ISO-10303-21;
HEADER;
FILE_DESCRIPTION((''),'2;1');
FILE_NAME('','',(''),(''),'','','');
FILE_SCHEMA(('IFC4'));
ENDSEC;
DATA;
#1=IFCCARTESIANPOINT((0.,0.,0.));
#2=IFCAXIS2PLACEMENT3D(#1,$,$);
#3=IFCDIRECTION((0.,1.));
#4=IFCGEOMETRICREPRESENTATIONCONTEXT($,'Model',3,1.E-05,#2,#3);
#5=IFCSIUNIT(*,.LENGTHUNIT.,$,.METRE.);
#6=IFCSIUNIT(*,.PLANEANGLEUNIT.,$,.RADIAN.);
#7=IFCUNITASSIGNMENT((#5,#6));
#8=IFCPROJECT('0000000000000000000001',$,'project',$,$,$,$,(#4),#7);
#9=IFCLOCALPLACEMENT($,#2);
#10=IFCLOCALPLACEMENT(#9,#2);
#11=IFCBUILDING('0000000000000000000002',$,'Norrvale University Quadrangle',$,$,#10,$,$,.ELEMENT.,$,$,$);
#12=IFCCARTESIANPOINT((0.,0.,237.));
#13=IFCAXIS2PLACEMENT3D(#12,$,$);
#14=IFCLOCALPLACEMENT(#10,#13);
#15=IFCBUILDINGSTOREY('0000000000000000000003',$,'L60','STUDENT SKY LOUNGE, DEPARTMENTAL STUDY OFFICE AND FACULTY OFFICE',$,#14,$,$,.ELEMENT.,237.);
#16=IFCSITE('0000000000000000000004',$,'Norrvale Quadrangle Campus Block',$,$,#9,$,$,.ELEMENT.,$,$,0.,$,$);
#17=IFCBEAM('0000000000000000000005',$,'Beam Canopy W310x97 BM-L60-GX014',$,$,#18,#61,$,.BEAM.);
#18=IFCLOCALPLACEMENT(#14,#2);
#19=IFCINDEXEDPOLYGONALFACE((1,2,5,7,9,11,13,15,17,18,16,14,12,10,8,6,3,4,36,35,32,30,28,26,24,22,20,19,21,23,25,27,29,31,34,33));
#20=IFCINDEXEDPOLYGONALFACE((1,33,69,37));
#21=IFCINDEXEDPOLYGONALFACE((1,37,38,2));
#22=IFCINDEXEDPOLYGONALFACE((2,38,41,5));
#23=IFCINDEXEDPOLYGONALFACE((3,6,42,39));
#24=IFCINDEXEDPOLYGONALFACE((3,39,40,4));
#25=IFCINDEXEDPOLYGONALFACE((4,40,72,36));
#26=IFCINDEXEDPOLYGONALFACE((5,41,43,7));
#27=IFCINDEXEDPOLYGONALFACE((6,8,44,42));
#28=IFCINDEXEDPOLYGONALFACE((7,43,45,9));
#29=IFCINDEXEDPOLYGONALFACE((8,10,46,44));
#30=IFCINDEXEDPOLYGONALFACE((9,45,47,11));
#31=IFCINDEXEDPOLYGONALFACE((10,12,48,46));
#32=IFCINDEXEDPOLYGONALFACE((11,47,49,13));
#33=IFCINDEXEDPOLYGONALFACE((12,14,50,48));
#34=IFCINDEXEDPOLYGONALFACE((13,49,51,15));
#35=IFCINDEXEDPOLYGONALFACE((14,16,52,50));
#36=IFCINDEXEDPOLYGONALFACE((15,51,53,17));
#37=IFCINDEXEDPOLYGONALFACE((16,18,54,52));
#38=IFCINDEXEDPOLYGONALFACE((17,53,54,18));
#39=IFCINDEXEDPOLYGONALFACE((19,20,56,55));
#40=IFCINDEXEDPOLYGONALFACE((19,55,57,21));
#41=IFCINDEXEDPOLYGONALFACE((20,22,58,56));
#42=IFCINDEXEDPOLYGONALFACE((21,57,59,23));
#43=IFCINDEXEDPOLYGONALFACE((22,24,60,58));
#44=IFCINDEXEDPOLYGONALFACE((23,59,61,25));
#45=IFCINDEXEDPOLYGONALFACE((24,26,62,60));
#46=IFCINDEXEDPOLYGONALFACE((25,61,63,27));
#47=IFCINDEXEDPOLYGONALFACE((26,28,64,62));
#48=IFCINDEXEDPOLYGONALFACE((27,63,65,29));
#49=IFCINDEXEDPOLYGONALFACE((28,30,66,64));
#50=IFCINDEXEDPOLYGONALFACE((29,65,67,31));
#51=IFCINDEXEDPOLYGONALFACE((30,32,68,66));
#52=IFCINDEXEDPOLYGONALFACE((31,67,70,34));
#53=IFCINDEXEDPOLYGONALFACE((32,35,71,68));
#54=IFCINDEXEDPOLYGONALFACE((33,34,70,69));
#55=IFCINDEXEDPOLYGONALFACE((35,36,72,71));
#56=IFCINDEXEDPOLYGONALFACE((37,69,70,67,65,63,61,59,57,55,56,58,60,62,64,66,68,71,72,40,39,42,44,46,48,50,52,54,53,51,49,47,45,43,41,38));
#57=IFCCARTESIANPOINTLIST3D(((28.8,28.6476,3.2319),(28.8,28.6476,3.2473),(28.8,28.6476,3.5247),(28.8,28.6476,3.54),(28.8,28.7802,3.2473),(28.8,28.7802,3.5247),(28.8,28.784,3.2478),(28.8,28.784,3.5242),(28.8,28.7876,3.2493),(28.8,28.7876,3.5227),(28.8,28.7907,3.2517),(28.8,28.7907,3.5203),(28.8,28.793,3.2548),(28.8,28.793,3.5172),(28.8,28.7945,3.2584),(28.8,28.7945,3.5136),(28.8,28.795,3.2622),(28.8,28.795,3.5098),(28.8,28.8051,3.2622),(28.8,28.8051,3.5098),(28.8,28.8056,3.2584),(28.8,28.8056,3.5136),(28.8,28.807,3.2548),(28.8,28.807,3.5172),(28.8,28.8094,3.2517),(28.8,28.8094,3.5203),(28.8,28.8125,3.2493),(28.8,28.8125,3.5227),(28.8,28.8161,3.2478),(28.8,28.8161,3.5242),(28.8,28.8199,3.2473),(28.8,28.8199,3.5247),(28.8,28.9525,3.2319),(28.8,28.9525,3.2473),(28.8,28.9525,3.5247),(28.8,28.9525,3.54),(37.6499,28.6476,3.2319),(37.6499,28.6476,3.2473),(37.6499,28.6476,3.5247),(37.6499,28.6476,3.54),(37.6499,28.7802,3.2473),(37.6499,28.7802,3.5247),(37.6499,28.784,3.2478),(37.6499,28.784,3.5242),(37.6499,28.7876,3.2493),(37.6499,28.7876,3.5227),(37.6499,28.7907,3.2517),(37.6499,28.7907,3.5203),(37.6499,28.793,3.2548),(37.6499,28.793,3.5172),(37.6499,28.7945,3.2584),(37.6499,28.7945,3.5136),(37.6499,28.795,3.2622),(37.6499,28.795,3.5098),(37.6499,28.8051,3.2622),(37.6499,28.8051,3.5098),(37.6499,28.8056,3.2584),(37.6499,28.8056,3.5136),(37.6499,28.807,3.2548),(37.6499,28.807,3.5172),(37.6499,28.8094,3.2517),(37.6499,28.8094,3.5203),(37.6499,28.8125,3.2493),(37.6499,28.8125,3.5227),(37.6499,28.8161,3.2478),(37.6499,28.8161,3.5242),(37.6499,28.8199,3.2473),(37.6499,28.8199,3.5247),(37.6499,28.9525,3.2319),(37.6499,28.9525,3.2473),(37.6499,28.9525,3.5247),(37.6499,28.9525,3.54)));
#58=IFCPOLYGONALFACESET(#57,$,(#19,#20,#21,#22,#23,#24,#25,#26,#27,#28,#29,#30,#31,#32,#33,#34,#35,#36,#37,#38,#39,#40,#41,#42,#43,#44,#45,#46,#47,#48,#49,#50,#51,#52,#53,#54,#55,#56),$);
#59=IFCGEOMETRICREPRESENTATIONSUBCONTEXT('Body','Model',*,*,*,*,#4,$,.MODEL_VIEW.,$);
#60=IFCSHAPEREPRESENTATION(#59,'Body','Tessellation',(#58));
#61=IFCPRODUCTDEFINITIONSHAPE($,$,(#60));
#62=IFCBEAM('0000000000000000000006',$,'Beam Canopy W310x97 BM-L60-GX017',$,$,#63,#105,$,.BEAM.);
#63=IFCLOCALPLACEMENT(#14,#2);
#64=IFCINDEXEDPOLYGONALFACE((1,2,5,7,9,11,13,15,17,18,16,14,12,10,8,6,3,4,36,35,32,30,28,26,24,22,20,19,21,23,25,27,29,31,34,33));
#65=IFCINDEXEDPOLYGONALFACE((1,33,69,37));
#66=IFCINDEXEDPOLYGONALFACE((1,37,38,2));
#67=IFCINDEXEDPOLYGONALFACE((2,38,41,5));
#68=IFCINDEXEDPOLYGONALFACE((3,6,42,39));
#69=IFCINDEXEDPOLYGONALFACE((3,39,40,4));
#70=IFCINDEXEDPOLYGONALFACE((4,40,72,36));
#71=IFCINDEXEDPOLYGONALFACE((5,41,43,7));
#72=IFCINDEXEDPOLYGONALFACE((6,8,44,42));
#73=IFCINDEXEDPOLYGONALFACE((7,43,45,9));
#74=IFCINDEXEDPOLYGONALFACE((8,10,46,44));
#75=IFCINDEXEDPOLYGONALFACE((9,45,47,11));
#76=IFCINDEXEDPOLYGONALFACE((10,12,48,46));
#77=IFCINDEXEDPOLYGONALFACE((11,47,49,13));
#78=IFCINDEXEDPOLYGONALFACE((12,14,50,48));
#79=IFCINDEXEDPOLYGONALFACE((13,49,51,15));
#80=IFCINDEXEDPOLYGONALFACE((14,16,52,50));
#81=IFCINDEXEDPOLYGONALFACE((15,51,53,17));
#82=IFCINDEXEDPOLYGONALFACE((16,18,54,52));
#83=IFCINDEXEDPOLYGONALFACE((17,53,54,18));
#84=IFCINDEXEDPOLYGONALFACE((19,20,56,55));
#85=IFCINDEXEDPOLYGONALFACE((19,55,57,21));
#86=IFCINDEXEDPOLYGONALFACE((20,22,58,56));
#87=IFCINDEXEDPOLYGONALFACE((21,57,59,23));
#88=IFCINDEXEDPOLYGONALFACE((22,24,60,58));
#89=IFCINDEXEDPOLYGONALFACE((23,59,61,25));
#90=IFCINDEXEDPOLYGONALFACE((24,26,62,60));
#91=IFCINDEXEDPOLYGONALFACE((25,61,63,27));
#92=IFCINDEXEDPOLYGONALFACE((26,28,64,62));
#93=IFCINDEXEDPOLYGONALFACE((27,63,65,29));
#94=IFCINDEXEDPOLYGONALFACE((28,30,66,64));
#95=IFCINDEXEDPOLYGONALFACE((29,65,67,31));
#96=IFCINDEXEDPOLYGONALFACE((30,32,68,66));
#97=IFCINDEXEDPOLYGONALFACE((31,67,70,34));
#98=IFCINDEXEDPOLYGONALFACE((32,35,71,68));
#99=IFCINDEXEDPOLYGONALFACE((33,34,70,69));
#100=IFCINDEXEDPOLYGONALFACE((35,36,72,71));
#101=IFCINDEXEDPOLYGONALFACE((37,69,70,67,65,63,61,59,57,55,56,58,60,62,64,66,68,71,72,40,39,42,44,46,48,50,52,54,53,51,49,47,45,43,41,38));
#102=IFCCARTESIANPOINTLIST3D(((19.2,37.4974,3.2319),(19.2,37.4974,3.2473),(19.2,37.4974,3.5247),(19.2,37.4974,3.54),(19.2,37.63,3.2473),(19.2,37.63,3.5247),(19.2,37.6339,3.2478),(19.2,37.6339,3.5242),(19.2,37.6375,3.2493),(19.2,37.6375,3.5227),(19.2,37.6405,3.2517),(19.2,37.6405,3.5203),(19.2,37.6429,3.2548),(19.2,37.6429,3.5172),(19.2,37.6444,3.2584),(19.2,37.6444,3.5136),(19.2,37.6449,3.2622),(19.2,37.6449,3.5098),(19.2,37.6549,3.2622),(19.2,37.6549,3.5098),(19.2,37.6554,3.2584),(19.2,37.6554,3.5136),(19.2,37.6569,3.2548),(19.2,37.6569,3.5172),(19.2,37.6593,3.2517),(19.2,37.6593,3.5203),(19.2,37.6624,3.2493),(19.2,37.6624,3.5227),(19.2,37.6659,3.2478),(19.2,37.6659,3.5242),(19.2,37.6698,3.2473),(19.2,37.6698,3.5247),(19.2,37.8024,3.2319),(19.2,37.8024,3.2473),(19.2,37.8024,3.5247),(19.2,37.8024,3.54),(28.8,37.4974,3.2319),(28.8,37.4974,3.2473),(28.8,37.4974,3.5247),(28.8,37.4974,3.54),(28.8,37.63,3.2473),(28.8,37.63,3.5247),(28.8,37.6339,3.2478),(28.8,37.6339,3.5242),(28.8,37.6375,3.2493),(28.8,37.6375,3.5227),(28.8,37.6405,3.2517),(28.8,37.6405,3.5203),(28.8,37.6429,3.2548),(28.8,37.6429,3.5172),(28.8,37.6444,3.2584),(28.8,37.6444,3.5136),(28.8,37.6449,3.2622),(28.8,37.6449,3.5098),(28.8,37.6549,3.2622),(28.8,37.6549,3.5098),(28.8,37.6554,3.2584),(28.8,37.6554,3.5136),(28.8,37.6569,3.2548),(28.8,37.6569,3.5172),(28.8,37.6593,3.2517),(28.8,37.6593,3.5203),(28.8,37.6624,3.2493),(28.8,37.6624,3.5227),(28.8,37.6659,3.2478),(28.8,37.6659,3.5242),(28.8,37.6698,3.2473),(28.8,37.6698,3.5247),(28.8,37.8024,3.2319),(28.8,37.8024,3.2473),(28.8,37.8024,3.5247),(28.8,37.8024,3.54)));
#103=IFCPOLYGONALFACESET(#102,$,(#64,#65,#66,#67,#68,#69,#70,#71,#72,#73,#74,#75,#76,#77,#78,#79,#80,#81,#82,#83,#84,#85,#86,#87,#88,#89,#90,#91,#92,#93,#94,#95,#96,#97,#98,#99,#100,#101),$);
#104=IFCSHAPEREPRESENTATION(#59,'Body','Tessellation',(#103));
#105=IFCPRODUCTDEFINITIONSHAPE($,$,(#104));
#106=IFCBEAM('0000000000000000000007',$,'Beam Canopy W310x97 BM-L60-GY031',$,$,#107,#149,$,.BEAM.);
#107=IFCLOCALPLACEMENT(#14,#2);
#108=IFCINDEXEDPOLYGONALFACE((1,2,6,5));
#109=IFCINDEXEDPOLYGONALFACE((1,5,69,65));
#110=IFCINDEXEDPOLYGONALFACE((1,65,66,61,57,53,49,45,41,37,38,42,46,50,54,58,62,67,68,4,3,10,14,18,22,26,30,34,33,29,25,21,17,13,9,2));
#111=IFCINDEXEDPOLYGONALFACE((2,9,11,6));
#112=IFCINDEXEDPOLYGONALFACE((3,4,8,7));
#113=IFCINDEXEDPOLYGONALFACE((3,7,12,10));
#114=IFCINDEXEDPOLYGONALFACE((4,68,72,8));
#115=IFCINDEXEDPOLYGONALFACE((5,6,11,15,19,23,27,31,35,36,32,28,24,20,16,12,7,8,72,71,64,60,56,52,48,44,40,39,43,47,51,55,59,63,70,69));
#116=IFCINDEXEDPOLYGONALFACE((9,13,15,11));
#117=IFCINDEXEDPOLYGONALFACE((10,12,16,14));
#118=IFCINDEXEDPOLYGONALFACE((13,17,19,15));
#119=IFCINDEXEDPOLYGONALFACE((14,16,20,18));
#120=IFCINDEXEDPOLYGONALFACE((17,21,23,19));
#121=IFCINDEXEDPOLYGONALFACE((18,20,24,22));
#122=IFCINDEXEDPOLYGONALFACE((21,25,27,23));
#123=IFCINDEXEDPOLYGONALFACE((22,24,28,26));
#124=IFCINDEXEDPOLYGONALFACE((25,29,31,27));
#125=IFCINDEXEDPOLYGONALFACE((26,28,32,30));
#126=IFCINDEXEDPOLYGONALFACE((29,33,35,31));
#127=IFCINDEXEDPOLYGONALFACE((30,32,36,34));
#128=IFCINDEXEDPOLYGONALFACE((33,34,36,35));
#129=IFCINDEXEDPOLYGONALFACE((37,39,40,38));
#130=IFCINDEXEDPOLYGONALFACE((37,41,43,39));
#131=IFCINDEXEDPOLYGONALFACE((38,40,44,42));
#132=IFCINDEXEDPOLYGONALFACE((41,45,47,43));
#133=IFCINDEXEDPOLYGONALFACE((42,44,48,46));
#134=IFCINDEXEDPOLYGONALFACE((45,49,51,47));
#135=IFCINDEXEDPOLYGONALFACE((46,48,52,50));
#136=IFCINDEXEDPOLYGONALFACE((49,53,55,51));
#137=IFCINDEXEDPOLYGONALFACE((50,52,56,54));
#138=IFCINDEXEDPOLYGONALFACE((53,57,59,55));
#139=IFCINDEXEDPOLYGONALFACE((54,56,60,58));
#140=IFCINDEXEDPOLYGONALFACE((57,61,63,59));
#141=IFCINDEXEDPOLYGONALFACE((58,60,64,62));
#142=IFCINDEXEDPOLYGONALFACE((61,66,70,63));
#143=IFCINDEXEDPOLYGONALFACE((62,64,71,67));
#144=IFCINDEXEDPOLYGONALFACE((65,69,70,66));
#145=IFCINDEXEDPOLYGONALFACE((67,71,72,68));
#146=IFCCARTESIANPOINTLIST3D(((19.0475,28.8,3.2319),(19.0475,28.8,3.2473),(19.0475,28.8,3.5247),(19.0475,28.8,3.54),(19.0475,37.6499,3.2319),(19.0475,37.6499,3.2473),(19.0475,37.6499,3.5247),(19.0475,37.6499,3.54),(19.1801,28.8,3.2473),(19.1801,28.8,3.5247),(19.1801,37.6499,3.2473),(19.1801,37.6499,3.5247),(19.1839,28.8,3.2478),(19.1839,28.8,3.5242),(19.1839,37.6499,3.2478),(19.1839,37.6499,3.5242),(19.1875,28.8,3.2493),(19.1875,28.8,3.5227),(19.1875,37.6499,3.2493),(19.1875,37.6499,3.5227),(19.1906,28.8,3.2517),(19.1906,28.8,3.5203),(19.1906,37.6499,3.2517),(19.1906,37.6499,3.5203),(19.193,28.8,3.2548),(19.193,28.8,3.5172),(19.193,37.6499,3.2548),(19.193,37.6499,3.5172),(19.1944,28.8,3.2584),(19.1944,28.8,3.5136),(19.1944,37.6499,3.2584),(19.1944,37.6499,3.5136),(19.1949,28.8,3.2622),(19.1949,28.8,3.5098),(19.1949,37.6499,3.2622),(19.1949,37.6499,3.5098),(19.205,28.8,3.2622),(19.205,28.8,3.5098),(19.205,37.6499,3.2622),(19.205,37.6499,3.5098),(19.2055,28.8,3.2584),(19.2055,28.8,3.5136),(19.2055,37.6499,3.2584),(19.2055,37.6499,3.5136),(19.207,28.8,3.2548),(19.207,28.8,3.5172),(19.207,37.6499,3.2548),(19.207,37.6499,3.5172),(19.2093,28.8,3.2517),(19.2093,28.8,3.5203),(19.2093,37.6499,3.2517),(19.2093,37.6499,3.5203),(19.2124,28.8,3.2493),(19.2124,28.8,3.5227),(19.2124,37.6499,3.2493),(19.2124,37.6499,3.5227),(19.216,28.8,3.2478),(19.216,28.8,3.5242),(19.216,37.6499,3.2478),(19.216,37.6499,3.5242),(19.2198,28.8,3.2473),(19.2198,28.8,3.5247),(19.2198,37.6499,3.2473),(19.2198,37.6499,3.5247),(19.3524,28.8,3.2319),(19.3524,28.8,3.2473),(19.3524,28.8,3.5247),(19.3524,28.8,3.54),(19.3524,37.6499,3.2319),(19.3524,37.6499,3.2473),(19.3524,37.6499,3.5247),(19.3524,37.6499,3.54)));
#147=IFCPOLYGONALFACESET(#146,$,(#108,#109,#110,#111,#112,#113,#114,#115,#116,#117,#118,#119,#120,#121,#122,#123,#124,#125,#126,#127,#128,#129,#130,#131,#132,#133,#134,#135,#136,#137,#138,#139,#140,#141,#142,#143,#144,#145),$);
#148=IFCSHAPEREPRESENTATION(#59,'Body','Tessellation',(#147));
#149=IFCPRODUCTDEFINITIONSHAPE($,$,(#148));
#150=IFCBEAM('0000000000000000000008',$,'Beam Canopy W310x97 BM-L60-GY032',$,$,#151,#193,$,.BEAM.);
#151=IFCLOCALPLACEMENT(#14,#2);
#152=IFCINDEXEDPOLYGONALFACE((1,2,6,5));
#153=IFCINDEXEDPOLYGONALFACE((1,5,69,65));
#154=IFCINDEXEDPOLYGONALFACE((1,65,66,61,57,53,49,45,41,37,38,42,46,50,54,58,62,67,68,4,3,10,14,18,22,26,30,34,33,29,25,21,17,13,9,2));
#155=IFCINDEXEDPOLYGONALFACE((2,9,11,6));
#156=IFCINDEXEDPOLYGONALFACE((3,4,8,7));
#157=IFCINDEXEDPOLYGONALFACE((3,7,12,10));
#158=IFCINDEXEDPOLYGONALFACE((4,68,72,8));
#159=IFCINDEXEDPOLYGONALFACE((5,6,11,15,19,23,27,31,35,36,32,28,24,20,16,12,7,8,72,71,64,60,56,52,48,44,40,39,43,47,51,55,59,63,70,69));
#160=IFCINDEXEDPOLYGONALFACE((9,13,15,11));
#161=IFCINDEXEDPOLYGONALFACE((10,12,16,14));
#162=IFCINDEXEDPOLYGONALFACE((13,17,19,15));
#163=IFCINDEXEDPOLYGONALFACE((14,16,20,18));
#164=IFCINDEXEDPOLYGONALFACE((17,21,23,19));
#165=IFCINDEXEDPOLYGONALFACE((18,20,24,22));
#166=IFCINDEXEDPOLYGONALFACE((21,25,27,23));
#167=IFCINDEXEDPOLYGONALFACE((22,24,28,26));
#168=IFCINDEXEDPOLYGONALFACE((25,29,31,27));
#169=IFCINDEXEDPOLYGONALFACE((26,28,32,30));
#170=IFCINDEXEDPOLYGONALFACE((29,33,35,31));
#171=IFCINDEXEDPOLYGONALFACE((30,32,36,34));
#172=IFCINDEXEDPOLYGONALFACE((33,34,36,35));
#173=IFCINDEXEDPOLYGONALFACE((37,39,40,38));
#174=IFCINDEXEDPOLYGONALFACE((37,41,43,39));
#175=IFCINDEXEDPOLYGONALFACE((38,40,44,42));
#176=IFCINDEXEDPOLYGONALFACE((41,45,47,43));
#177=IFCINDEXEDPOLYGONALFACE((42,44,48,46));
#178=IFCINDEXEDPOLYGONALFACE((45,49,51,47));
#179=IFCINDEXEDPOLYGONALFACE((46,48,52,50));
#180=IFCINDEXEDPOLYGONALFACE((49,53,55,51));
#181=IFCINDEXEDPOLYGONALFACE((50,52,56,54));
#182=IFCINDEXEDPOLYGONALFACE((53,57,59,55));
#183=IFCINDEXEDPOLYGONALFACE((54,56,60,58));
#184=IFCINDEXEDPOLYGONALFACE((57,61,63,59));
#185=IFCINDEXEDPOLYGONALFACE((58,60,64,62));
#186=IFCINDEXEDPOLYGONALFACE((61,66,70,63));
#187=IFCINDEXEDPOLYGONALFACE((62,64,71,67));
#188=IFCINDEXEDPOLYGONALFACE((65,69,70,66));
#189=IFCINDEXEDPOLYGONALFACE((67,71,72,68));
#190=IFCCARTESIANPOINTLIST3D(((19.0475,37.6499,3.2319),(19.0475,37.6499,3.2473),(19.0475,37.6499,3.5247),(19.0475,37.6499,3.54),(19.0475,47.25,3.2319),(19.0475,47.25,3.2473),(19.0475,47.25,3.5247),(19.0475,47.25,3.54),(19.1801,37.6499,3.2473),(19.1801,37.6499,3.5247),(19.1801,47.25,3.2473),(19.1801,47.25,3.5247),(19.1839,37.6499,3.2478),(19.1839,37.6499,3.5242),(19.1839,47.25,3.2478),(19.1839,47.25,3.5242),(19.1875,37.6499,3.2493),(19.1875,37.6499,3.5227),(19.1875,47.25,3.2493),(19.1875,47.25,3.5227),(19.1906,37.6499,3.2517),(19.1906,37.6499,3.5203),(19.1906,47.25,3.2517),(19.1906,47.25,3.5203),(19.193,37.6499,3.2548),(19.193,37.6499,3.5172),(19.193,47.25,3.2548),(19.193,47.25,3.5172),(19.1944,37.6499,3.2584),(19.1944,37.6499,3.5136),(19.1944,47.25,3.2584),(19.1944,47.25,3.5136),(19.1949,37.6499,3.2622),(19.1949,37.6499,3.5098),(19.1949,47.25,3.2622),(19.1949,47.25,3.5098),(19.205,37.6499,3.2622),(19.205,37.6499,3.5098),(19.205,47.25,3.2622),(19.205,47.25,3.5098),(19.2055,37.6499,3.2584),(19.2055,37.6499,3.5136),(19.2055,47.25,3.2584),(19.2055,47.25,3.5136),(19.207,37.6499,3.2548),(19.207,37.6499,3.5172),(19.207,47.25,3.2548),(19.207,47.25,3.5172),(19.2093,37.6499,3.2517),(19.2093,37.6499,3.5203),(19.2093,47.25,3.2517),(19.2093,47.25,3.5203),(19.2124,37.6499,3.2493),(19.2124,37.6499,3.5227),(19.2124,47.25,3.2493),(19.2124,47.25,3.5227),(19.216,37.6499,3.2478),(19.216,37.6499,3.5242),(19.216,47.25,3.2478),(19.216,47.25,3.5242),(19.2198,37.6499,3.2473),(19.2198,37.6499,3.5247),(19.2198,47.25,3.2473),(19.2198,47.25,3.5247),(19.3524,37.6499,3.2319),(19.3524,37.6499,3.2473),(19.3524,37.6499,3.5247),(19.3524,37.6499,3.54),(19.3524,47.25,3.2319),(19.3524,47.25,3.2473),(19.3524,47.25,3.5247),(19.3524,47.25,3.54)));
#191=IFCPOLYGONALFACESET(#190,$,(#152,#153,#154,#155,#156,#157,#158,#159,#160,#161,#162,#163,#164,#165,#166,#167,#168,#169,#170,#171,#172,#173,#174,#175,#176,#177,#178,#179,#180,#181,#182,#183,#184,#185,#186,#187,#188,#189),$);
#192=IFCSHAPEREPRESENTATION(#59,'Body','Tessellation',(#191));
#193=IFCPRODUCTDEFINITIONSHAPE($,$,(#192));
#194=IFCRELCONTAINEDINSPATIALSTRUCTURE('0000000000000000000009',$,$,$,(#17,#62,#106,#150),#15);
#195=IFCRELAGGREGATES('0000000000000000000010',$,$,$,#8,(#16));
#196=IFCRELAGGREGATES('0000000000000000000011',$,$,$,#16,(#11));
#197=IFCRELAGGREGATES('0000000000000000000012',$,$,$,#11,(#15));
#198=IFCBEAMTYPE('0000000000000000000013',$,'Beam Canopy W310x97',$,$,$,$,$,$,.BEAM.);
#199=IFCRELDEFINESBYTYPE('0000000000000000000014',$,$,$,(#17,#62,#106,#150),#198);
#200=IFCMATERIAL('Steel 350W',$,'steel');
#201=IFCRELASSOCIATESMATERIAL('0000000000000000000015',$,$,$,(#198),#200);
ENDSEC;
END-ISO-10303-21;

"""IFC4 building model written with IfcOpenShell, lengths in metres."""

from ifc_helpers import new_model, si_unit, direction, frame, origin, origin_2d, place, context, subcontext, project, spatial, i_section, extrude, material, material_profile, profile_set, type_object, element, save


model = new_model("IFC4")

# Units and contexts
model_context = context("Model", 3, precision=1e-05, world=origin(), true_north=direction((0.0, 1.0)))
body_context = subcontext(model_context, "Body", "Model", "MODEL_VIEW")
ifc_project = project(units=[si_unit("LENGTHUNIT", "METRE"), si_unit("PLANEANGLEUNIT", "RADIAN")], contexts=[model_context])

# Site, building, storey
site_placement = place(None, origin())
site = spatial("IfcSite", under=ifc_project, at=site_placement, Name="Norrvale Quadrangle Campus Block", CompositionType="ELEMENT", RefElevation=0.0)
building_placement = place(site_placement, origin())
building = spatial("IfcBuilding", under=site, at=building_placement, Name="Norrvale University Quadrangle", CompositionType="ELEMENT")
storey_placement = place(building_placement, frame((0.0, 0.0, 237.0)))
storey = spatial("IfcBuildingStorey", under=building, at=storey_placement, Name="L60", Description="STUDENT SKY LOUNGE, DEPARTMENTAL STUDY OFFICE AND FACULTY OFFICE", CompositionType="ELEMENT", Elevation=237.0)

# Beams
ifc_material_1 = material(Name="Steel 350W", Category="steel")
ifc_material_profile_1 = material_profile(ifc_material_1, i_section(OverallWidth=0.3049, OverallDepth=0.3081, WebThickness=0.01, FlangeThickness=0.0154, FilletRadius=0.0149, at=origin_2d()), Name="Steel 350W")
ifc_profile_set_1 = profile_set([ifc_material_profile_1], Name="Steel 350W")
beam_type_1 = type_object("IfcBeamType", Name="Beam Canopy W310x97", PredefinedType="BEAM", material=ifc_profile_set_1)
beam_1_placement = place(storey_placement, frame((28.8, 28.8, 3.386), z_axis=(1.0, 0.0, 0.0), x_axis=(0.0, 1.0, 0.0)))
element("IfcBeam", 1, at=beam_1_placement, inside=storey, type_object=beam_type_1, Name="Beam Canopy W310x97 BM-L60-GX014", PredefinedType="BEAM", context=body_context, shape_type="SweptSolid", body=[
    extrude(i_section(OverallWidth=0.3049, OverallDepth=0.3081, WebThickness=0.01, FlangeThickness=0.0154, FilletRadius=0.0149, at=origin_2d()), origin(), (0.0, 0.0, 1.0), 8.8499),
])
beam_2_placement = place(storey_placement, frame((19.2, 37.6499, 3.386), z_axis=(1.0, 0.0, 0.0), x_axis=(0.0, 1.0, 0.0)))
element("IfcBeam", 2, at=beam_2_placement, inside=storey, type_object=beam_type_1, Name="Beam Canopy W310x97 BM-L60-GX017", PredefinedType="BEAM", context=body_context, shape_type="SweptSolid", body=[
    extrude(i_section(OverallWidth=0.3049, OverallDepth=0.3081, WebThickness=0.01, FlangeThickness=0.0154, FilletRadius=0.0149, at=origin_2d()), origin(), (0.0, 0.0, 1.0), 9.6001),
])
beam_3_placement = place(storey_placement, frame((19.2, 28.8, 3.386), z_axis=(0.0, 1.0, 0.0), x_axis=(-1.0, 0.0, 0.0)))
element("IfcBeam", 3, at=beam_3_placement, inside=storey, type_object=beam_type_1, Name="Beam Canopy W310x97 BM-L60-GY031", PredefinedType="BEAM", context=body_context, shape_type="SweptSolid", body=[
    extrude(i_section(OverallWidth=0.3049, OverallDepth=0.3081, WebThickness=0.01, FlangeThickness=0.0154, FilletRadius=0.0149, at=origin_2d()), origin(), (0.0, 0.0, 1.0), 8.8499),
])
beam_4_placement = place(storey_placement, frame((19.2, 37.6499, 3.386), z_axis=(0.0, 1.0, 0.0), x_axis=(-1.0, 0.0, 0.0)))
element("IfcBeam", 4, at=beam_4_placement, inside=storey, type_object=beam_type_1, Name="Beam Canopy W310x97 BM-L60-GY032", PredefinedType="BEAM", context=body_context, shape_type="SweptSolid", body=[
    extrude(i_section(OverallWidth=0.3049, OverallDepth=0.3081, WebThickness=0.01, FlangeThickness=0.0154, FilletRadius=0.0149, at=origin_2d()), origin(), (0.0, 0.0, 1.0), 9.6001),
])

save(model, "model.ifc")
